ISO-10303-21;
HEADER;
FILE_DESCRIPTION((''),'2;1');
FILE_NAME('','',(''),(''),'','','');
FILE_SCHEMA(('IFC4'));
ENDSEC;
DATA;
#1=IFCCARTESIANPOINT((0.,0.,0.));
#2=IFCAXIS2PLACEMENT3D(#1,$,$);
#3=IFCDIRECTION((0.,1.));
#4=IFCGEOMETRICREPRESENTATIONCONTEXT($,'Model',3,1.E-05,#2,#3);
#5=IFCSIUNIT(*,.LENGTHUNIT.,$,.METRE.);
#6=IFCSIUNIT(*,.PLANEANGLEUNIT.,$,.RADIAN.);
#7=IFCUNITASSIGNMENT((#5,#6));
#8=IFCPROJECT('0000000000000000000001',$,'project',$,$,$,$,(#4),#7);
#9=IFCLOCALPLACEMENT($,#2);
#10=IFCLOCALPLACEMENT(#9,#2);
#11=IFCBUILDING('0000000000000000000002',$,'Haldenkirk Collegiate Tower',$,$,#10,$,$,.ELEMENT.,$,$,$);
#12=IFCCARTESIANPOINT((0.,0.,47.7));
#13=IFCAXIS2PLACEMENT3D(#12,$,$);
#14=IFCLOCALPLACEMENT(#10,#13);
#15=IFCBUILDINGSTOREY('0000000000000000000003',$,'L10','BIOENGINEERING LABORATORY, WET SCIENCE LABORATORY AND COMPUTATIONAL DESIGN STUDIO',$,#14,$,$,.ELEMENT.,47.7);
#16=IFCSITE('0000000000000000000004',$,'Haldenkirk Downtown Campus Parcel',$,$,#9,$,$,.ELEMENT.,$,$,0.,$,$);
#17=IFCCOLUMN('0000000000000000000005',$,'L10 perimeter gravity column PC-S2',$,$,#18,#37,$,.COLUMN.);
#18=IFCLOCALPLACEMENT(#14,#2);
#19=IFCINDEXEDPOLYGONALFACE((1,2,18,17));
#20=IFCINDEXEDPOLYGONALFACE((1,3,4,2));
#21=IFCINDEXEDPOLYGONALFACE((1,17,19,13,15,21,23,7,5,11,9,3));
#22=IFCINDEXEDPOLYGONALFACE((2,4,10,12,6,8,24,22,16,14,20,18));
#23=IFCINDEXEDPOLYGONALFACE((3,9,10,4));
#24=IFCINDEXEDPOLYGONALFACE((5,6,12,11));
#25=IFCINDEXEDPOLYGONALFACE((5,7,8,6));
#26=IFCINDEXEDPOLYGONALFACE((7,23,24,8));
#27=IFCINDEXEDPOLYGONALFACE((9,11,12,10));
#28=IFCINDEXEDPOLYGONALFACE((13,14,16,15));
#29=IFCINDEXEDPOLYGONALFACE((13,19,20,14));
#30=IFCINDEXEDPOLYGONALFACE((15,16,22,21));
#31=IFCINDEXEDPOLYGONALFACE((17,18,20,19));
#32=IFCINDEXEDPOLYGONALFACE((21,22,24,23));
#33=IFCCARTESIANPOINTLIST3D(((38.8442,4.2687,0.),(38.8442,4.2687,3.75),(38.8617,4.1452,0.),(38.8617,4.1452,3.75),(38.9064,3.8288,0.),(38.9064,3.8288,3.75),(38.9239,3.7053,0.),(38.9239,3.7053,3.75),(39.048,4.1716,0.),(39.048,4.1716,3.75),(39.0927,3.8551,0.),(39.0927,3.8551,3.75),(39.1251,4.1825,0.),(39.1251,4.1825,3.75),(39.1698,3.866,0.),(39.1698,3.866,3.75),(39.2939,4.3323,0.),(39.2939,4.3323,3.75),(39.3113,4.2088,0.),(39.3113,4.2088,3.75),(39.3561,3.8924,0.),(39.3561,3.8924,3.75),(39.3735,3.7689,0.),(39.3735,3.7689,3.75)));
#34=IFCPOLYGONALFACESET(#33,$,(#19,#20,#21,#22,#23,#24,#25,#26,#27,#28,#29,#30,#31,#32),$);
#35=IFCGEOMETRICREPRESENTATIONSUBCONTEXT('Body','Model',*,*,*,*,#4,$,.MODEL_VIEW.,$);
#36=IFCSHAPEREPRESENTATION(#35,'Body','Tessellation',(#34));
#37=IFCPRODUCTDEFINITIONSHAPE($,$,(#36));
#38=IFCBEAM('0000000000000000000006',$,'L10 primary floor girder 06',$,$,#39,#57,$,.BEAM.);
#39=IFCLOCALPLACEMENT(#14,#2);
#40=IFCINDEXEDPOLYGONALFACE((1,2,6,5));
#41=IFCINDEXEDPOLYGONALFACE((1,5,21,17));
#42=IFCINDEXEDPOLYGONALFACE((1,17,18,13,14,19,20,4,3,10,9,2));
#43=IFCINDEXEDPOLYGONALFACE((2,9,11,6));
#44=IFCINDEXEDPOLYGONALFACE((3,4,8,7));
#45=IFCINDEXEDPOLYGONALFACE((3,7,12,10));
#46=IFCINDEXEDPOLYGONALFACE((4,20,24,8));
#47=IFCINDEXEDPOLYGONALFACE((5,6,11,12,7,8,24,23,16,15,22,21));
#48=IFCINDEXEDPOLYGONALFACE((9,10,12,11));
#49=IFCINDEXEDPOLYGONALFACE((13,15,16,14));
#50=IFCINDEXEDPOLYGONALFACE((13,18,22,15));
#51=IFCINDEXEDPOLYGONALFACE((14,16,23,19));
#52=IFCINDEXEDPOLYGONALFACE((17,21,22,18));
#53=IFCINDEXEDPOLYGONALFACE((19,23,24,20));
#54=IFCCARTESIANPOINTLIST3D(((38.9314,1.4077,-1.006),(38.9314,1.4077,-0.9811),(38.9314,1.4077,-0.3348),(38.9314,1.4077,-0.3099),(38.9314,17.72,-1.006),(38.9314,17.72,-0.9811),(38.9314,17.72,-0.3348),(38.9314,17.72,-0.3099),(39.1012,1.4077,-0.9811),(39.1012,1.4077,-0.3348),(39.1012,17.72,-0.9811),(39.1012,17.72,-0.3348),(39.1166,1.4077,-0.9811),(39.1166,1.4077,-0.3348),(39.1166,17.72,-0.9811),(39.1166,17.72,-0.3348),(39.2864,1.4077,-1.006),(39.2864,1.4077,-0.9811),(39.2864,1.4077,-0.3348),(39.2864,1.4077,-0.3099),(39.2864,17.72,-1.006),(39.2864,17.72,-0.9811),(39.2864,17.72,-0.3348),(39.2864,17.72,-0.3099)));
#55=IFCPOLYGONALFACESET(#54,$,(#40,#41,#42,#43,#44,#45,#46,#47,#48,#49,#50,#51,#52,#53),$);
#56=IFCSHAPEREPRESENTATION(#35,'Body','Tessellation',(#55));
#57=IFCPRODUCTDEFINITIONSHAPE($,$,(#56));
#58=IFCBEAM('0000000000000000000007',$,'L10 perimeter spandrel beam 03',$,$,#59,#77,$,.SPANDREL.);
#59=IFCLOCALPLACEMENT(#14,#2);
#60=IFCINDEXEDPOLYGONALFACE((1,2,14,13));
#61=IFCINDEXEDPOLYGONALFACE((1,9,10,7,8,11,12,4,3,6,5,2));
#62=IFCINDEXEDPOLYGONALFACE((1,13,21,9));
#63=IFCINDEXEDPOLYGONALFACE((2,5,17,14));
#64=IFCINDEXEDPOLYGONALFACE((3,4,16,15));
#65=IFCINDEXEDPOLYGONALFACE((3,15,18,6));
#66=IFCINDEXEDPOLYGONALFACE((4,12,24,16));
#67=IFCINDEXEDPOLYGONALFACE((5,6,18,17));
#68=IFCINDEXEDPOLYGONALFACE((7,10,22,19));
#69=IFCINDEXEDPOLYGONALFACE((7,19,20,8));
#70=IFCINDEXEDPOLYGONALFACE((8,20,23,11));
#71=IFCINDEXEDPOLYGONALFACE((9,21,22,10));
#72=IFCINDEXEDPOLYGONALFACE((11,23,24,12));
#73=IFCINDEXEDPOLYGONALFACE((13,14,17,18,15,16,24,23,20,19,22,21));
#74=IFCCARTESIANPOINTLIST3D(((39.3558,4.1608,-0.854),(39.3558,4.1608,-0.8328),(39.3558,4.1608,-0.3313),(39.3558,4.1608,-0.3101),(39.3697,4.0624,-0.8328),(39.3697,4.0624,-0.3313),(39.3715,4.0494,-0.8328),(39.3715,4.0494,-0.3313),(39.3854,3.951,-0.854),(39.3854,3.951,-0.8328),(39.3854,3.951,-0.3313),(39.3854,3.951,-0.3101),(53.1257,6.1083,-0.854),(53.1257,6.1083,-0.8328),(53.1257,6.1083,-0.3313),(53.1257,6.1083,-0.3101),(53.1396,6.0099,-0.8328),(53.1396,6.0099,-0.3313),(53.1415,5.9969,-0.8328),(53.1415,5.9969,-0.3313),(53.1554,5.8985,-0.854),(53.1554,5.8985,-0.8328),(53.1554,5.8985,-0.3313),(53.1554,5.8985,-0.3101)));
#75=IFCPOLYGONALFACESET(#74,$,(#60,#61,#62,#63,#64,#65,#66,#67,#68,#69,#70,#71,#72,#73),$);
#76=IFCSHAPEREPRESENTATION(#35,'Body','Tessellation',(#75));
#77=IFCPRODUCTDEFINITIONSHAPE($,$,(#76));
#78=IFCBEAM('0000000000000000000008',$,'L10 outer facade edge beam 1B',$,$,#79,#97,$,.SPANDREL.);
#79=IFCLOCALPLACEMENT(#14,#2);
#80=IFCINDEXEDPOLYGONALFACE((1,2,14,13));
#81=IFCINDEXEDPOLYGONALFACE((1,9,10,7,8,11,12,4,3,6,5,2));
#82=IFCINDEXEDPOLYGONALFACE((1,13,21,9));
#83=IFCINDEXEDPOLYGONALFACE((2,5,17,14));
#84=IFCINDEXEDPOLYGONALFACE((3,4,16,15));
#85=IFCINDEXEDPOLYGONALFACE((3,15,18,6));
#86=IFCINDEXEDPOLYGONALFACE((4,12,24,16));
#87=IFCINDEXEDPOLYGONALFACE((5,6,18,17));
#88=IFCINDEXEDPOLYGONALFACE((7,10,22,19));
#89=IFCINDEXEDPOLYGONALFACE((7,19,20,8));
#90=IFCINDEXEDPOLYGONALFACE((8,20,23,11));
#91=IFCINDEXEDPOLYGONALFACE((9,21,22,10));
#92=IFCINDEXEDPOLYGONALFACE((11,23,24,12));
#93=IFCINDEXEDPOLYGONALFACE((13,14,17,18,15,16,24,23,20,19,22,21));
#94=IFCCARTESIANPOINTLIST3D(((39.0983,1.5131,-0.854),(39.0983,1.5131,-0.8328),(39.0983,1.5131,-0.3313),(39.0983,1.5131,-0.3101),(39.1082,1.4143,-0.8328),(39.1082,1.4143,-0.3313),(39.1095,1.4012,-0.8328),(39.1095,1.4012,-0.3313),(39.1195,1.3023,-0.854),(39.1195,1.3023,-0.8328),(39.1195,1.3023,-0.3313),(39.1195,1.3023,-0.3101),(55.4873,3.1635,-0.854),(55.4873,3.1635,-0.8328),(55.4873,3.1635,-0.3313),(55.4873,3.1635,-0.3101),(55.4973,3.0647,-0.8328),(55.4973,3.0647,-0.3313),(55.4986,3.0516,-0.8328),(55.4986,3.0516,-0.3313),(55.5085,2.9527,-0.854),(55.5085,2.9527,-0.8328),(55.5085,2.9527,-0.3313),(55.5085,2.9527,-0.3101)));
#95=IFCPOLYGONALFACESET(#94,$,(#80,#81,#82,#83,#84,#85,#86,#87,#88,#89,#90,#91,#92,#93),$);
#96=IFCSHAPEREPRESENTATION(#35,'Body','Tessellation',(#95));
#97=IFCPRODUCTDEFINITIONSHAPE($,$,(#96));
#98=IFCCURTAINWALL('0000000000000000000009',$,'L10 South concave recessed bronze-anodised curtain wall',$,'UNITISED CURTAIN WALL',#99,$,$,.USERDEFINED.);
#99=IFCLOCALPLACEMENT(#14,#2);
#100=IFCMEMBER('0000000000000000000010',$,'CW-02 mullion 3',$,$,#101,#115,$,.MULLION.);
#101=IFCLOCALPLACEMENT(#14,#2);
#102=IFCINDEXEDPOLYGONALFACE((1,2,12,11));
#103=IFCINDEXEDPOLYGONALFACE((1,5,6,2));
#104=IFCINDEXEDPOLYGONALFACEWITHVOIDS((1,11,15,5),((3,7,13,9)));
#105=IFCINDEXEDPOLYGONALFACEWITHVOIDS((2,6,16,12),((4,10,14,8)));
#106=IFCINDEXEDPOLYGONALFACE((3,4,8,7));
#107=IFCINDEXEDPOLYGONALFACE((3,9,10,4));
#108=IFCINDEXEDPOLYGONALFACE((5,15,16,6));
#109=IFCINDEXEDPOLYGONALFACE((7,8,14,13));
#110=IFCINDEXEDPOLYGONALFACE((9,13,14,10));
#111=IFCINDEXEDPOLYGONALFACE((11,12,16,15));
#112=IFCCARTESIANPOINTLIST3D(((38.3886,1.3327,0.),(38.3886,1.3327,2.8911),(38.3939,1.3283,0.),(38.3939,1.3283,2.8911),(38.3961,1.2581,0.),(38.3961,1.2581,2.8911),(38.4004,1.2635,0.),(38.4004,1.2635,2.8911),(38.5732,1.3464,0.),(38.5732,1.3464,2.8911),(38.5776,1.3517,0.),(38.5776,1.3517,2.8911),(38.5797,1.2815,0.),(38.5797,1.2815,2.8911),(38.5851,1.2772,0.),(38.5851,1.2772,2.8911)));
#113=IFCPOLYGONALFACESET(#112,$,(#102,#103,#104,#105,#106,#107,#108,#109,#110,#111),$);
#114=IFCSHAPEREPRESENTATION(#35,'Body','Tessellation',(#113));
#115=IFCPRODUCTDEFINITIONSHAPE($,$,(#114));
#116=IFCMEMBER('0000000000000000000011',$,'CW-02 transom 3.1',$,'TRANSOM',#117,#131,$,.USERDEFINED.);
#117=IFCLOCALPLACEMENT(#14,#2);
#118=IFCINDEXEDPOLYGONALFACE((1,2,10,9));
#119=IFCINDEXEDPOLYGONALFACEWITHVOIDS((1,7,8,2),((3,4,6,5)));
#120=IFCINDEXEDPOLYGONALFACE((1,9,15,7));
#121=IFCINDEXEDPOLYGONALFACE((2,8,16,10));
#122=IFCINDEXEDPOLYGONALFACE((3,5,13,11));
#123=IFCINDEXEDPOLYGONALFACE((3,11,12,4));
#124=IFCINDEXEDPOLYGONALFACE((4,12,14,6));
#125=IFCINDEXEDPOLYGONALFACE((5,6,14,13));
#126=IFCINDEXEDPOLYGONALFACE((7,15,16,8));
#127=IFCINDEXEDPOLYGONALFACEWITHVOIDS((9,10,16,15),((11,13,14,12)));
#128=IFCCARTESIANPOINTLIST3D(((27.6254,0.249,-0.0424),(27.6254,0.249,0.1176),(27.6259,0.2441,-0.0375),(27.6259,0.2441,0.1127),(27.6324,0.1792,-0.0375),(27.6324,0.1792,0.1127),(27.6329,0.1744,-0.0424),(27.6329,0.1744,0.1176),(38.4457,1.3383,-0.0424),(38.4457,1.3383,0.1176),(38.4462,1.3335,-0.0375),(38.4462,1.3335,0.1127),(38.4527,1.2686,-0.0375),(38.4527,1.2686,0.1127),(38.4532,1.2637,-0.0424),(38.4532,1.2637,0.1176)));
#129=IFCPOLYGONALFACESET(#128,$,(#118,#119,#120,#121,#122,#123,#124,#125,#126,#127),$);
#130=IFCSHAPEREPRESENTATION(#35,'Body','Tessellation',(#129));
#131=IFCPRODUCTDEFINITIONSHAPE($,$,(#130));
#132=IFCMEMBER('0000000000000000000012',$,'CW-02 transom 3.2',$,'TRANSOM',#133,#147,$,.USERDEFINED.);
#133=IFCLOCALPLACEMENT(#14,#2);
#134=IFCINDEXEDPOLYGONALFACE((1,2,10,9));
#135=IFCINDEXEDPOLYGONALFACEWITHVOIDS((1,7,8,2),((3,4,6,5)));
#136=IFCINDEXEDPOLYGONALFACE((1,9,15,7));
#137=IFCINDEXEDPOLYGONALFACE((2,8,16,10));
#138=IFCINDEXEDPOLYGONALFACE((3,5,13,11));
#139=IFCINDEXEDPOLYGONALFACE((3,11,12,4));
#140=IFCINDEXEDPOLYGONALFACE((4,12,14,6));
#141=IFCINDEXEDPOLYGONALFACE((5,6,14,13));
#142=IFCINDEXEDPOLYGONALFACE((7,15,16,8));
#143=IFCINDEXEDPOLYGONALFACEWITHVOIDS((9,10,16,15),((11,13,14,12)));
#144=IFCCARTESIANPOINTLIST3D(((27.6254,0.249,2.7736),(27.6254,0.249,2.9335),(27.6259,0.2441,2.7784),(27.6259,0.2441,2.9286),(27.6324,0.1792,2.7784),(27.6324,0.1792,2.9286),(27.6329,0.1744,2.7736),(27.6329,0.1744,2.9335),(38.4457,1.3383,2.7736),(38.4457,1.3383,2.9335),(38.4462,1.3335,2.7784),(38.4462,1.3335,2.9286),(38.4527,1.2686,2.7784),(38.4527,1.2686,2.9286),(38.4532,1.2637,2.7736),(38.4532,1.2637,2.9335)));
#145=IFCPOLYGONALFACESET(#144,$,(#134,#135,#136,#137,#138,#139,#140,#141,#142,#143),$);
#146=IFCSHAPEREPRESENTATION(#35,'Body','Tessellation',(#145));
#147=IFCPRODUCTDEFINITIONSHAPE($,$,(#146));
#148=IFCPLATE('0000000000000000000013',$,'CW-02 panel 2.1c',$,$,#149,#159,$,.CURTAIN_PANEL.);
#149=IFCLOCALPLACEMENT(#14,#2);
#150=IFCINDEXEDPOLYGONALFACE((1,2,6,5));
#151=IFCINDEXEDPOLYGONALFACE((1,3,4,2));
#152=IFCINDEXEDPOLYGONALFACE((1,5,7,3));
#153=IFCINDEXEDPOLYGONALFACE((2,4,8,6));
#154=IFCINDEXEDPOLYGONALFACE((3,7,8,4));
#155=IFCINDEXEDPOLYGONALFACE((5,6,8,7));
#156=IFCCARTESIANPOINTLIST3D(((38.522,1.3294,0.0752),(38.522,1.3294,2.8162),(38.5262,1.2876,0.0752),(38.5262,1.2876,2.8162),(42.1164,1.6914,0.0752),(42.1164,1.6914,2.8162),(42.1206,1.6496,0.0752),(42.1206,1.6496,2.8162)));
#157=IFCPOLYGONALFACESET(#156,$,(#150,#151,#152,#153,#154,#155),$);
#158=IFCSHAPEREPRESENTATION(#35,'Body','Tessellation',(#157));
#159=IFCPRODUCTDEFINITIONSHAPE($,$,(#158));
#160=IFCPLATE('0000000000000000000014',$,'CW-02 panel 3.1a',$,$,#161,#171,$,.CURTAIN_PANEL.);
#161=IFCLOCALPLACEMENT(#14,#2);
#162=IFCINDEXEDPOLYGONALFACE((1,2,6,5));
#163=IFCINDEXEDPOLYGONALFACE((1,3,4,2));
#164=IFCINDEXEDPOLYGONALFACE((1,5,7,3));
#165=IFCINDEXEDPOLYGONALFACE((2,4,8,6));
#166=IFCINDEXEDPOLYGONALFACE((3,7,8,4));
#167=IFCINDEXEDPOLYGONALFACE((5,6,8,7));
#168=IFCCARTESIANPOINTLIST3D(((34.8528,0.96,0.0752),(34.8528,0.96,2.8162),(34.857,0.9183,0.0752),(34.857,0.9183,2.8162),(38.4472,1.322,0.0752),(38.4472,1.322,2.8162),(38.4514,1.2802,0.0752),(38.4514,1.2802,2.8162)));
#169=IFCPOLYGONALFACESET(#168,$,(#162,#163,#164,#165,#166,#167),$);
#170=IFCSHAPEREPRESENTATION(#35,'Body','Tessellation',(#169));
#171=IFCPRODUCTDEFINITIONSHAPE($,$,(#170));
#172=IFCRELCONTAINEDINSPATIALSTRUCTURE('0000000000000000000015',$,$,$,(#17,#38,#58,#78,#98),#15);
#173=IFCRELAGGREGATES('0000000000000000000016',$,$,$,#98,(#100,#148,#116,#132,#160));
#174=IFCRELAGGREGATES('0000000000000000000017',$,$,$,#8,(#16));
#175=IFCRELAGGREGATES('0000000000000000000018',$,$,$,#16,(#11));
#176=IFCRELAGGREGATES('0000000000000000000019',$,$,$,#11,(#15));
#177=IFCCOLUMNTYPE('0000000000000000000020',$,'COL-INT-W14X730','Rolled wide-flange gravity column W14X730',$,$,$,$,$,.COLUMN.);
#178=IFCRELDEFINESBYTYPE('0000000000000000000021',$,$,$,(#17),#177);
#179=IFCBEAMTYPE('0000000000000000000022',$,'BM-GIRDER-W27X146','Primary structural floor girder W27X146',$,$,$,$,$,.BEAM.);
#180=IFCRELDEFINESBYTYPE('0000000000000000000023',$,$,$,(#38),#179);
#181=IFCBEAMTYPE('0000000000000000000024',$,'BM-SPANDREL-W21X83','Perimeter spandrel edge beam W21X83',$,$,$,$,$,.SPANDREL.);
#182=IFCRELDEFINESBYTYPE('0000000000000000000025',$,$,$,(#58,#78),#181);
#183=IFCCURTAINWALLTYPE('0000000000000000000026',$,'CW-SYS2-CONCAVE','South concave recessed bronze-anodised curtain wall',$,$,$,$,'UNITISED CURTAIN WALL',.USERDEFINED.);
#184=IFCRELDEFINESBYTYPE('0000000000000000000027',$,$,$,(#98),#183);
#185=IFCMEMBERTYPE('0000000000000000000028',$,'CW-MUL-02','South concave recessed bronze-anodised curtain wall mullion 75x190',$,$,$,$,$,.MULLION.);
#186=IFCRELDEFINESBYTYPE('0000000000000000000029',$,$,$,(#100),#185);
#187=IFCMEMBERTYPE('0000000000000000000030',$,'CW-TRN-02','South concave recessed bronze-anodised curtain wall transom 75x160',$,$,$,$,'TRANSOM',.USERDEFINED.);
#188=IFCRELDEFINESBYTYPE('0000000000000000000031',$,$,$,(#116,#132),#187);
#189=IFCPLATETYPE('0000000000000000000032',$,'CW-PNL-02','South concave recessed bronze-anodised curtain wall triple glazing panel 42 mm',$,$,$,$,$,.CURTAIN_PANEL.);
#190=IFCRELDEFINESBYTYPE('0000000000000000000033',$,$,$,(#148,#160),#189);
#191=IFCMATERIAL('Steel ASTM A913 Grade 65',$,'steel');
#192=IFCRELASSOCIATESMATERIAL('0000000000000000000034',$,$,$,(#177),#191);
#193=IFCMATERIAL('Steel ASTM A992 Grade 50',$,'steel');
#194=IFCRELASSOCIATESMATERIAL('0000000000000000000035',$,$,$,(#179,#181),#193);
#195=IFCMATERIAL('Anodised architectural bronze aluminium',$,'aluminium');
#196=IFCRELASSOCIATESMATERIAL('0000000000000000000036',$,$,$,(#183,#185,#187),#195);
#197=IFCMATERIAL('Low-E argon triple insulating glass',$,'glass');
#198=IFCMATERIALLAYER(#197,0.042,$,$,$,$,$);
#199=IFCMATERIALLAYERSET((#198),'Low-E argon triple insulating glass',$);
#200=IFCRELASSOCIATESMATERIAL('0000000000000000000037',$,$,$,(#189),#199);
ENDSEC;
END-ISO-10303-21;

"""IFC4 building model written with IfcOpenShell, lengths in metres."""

from ifc_helpers import new_model, si_unit, direction, frame, origin, origin_2d, place, context, subcontext, project, spatial, rectangle, hollow_rectangle, i_section, extrude, source, transform, mapped, material, layer, layer_set, material_profile, profile_set, type_object, element, aggregate, save


model = new_model("IFC4")

# Units and contexts
model_context = context("Model", 3, precision=1e-05, world=origin(), true_north=direction((0.0, 1.0)))
body_context = subcontext(model_context, "Body", "Model", "MODEL_VIEW")
ifc_project = project(units=[si_unit("LENGTHUNIT", "METRE"), si_unit("PLANEANGLEUNIT", "RADIAN")], contexts=[model_context])

# Site, building, storey
site_placement = place(None, origin())
site = spatial("IfcSite", under=ifc_project, at=site_placement, Name="Haldenkirk Downtown Campus Parcel", CompositionType="ELEMENT", RefElevation=0.0)
building_placement = place(site_placement, origin())
building = spatial("IfcBuilding", under=site, at=building_placement, Name="Haldenkirk Collegiate Tower", CompositionType="ELEMENT")
storey_placement = place(building_placement, frame((0.0, 0.0, 47.7)))
storey = spatial("IfcBuildingStorey", under=building, at=storey_placement, Name="L10", Description="BIOENGINEERING LABORATORY, WET SCIENCE LABORATORY AND COMPUTATIONAL DESIGN STUDIO", CompositionType="ELEMENT", Elevation=47.7)

# Column
ifc_material_1 = material(Name="Steel ASTM A913 Grade 65", Category="steel")
ifc_material_profile_1 = material_profile(ifc_material_1, i_section(OverallWidth=0.4541, OverallDepth=0.5691, WebThickness=0.0779, FlangeThickness=0.1248, at=origin_2d()), Name="W14X730")
ifc_profile_set_1 = profile_set([ifc_material_profile_1], Name="Steel ASTM A913 Grade 65")
column_type = type_object("IfcColumnType", Name="COL-INT-W14X730", Description="Rolled wide-flange gravity column W14X730", PredefinedType="COLUMN", material=ifc_profile_set_1)
column_placement = place(storey_placement, frame((39.1089, 4.0188, 0.0), z_axis=(0.0, 0.0, 1.0), x_axis=(0.990146, 0.140037, 0.0)))
element("IfcColumn", 1, at=column_placement, inside=storey, type_object=column_type, Name="L10 perimeter gravity column PC-S2", PredefinedType="COLUMN", context=body_context, shape_type="SweptSolid", body=[
    extrude(i_section(OverallWidth=0.4541, OverallDepth=0.5691, WebThickness=0.0779, FlangeThickness=0.1248, at=origin_2d()), origin(), (0.0, 0.0, 1.0), 3.75),
])

# Beams
ifc_material_2 = material(Name="Steel ASTM A992 Grade 50", Category="steel")
ifc_material_profile_2 = material_profile(ifc_material_2, i_section(OverallWidth=0.355, OverallDepth=0.696, WebThickness=0.0154, FlangeThickness=0.0249, at=origin_2d()), Name="W27X146")
ifc_profile_set_2 = profile_set([ifc_material_profile_2], Name="Steel ASTM A992 Grade 50")
beam_type_1 = type_object("IfcBeamType", Name="BM-GIRDER-W27X146", Description="Primary structural floor girder W27X146", PredefinedType="BEAM", material=ifc_profile_set_2)
beam_1_placement = place(storey_placement, frame((39.1089, 1.4077, -0.658), z_axis=(0.0, 1.0, 0.0), x_axis=(-1.0, 0.0, 0.0)))
element("IfcBeam", 2, at=beam_1_placement, inside=storey, type_object=beam_type_1, Name="L10 primary floor girder 06", PredefinedType="BEAM", context=body_context, shape_type="SweptSolid", body=[
    extrude(i_section(OverallWidth=0.355, OverallDepth=0.696, WebThickness=0.0154, FlangeThickness=0.0249, at=origin_2d()), origin(), (0.0, 0.0, 1.0), 16.3123),
])
ifc_material_profile_3 = material_profile(ifc_material_2, i_section(OverallWidth=0.2119, OverallDepth=0.5439, WebThickness=0.0132, FlangeThickness=0.0212, at=origin_2d()), Name="W21X83")
ifc_profile_set_3 = profile_set([ifc_material_profile_3], Name="Steel ASTM A992 Grade 50")
beam_type_2 = type_object("IfcBeamType", Name="BM-SPANDREL-W21X83", Description="Perimeter spandrel edge beam W21X83", PredefinedType="SPANDREL", material=ifc_profile_set_3)
beam_2_placement = place(storey_placement, frame((39.3706, 4.0559, -0.582), z_axis=(0.990146, 0.140038, 0.0), x_axis=(-0.140038, 0.990146, 0.0)))
element("IfcBeam", 3, at=beam_2_placement, inside=storey, type_object=beam_type_2, Name="L10 perimeter spandrel beam 03", PredefinedType="SPANDREL", context=body_context, shape_type="SweptSolid", body=[
    extrude(i_section(OverallWidth=0.2119, OverallDepth=0.5439, WebThickness=0.0132, FlangeThickness=0.0212, at=origin_2d()), origin(), (0.0, 0.0, 1.0), 13.907),
])
beam_3_placement = place(storey_placement, frame((39.1089, 1.4077, -0.582), z_axis=(0.994968, 0.100195, 0.0), x_axis=(-0.100195, 0.994968, 0.0)))
element("IfcBeam", 4, at=beam_3_placement, inside=storey, type_object=beam_type_2, Name="L10 outer facade edge beam 1B", PredefinedType="SPANDREL", context=body_context, shape_type="SweptSolid", body=[
    extrude(i_section(OverallWidth=0.2119, OverallDepth=0.5439, WebThickness=0.0132, FlangeThickness=0.0212, at=origin_2d()), origin(), (0.0, 0.0, 1.0), 16.4719),
])

# Curtain wall, members, plates
ifc_material_3 = material(Name="Anodised architectural bronze aluminium", Category="aluminium")
curtain_wall_type = type_object("IfcCurtainWallType", Name="CW-SYS2-CONCAVE", Description="South concave recessed bronze-anodised curtain wall", ElementType="UNITISED CURTAIN WALL", PredefinedType="USERDEFINED", material=ifc_material_3)
curtain_wall_placement = place(storey_placement, origin())
curtain_wall = element("IfcCurtainWall", 5, at=curtain_wall_placement, inside=storey, type_object=curtain_wall_type, Name="L10 South concave recessed bronze-anodised curtain wall", ObjectType="UNITISED CURTAIN WALL", PredefinedType="USERDEFINED")
ifc_material_profile_4 = material_profile(ifc_material_3, hollow_rectangle(XDim=0.075, YDim=0.1899, WallThickness=0.0049, at=origin_2d()), Name="CW-MUL-02")
ifc_profile_set_4 = profile_set([ifc_material_profile_4], Name="Anodised architectural bronze aluminium")
member_type_1 = type_object("IfcMemberType", Name="CW-MUL-02", Description="South concave recessed bronze-anodised curtain wall mullion 75x190", PredefinedType="MULLION", material=ifc_profile_set_4)
member_1_placement = place(storey_placement, frame((38.4868, 1.3049, 0.0), z_axis=(0.0, 0.0, 1.0), x_axis=(0.100187, -0.994969, 0.0)))
member_1 = element("IfcMember", 6, at=member_1_placement, type_object=member_type_1, Name="CW-02 mullion 3", PredefinedType="MULLION", context=body_context, shape_type="SweptSolid", body=[
    extrude(hollow_rectangle(XDim=0.075, YDim=0.1899, WallThickness=0.0049, at=origin_2d()), origin(), (0.0, 0.0, 1.0), 2.8911),
])
ifc_material_profile_5 = material_profile(ifc_material_3, hollow_rectangle(XDim=0.075, YDim=0.1599, WallThickness=0.0049, at=origin_2d()), Name="CW-TRN-02")
ifc_profile_set_5 = profile_set([ifc_material_profile_5], Name="Anodised architectural bronze aluminium")
member_type_2 = type_object("IfcMemberType", Name="CW-TRN-02", Description="South concave recessed bronze-anodised curtain wall transom 75x160", ElementType="TRANSOM", PredefinedType="USERDEFINED", material=ifc_profile_set_5)
member_2_placement = place(storey_placement, frame((38.4495, 1.301, 0.0376), z_axis=(-0.99497, -0.100171, 0.0), x_axis=(0.100171, -0.99497, 0.0)))
member_2 = element("IfcMember", 7, at=member_2_placement, type_object=member_type_2, Name="CW-02 transom 3.1", ObjectType="TRANSOM", PredefinedType="USERDEFINED", context=body_context, shape_type="SweptSolid", body=[
    extrude(hollow_rectangle(XDim=0.075, YDim=0.1599, WallThickness=0.0049, at=origin_2d()), origin(), (0.0, 0.0, 1.0), 10.875),
])
member_3_placement = place(storey_placement, frame((38.4495, 1.301, 2.8535), z_axis=(-0.99497, -0.100171, 0.0), x_axis=(0.100171, -0.99497, 0.0)))
member_3 = element("IfcMember", 8, at=member_3_placement, type_object=member_type_2, Name="CW-02 transom 3.2", ObjectType="TRANSOM", PredefinedType="USERDEFINED", context=body_context, shape_type="SweptSolid", body=[
    extrude(hollow_rectangle(XDim=0.075, YDim=0.1599, WallThickness=0.0049, at=origin_2d()), origin(), (0.0, 0.0, 1.0), 10.875),
])
ifc_material_4 = material(Name="Low-E argon triple insulating glass", Category="glass")
ifc_layer_1 = layer(ifc_material_4, 0.042)
ifc_layer_set_1 = layer_set([ifc_layer_1], Name="Low-E argon triple insulating glass")
plate_type = type_object("IfcPlateType", Name="CW-PNL-02", Description="South concave recessed bronze-anodised curtain wall triple glazing panel 42 mm", PredefinedType="CURTAIN_PANEL", material=ifc_layer_set_1)
shared_shape_1 = source(origin(), body_context, "Body", "SweptSolid", [
    extrude(rectangle(XDim=3.6125, YDim=0.042, at=origin_2d()), origin(), (0.0, 0.0, 1.0), 2.741),
])
plate_1_placement = place(storey_placement, frame((40.3213, 1.4895, 0.0752), z_axis=(0.0, 0.0, 1.0), x_axis=(-0.994969, -0.100187, 0.0)))
plate_1 = element("IfcPlate", 9, at=plate_1_placement, type_object=plate_type, Name="CW-02 panel 2.1c", PredefinedType="CURTAIN_PANEL", context=body_context, shape_type="MappedRepresentation", body=[
    mapped(shared_shape_1, transform((0.0, 0.0, 0.0), x_axis=(1.0, 0.0, 0.0), y_axis=(0.0, 1.0, 0.0), z_axis=(0.0, 0.0, 1.0), scale=1.0)),
])
plate_2_placement = place(storey_placement, frame((36.6521, 1.1201, 0.0752), z_axis=(0.0, 0.0, 1.0), x_axis=(-0.994969, -0.100187, 0.0)))
plate_2 = element("IfcPlate", 10, at=plate_2_placement, type_object=plate_type, Name="CW-02 panel 3.1a", PredefinedType="CURTAIN_PANEL", context=body_context, shape_type="MappedRepresentation", body=[
    mapped(shared_shape_1, transform((0.0, 0.0, 0.0), x_axis=(1.0, 0.0, 0.0), y_axis=(0.0, 1.0, 0.0), z_axis=(0.0, 0.0, 1.0), scale=1.0)),
])
aggregate(curtain_wall, [member_1, plate_1, member_2, member_3, plate_2])

save(model, "model.ifc")
